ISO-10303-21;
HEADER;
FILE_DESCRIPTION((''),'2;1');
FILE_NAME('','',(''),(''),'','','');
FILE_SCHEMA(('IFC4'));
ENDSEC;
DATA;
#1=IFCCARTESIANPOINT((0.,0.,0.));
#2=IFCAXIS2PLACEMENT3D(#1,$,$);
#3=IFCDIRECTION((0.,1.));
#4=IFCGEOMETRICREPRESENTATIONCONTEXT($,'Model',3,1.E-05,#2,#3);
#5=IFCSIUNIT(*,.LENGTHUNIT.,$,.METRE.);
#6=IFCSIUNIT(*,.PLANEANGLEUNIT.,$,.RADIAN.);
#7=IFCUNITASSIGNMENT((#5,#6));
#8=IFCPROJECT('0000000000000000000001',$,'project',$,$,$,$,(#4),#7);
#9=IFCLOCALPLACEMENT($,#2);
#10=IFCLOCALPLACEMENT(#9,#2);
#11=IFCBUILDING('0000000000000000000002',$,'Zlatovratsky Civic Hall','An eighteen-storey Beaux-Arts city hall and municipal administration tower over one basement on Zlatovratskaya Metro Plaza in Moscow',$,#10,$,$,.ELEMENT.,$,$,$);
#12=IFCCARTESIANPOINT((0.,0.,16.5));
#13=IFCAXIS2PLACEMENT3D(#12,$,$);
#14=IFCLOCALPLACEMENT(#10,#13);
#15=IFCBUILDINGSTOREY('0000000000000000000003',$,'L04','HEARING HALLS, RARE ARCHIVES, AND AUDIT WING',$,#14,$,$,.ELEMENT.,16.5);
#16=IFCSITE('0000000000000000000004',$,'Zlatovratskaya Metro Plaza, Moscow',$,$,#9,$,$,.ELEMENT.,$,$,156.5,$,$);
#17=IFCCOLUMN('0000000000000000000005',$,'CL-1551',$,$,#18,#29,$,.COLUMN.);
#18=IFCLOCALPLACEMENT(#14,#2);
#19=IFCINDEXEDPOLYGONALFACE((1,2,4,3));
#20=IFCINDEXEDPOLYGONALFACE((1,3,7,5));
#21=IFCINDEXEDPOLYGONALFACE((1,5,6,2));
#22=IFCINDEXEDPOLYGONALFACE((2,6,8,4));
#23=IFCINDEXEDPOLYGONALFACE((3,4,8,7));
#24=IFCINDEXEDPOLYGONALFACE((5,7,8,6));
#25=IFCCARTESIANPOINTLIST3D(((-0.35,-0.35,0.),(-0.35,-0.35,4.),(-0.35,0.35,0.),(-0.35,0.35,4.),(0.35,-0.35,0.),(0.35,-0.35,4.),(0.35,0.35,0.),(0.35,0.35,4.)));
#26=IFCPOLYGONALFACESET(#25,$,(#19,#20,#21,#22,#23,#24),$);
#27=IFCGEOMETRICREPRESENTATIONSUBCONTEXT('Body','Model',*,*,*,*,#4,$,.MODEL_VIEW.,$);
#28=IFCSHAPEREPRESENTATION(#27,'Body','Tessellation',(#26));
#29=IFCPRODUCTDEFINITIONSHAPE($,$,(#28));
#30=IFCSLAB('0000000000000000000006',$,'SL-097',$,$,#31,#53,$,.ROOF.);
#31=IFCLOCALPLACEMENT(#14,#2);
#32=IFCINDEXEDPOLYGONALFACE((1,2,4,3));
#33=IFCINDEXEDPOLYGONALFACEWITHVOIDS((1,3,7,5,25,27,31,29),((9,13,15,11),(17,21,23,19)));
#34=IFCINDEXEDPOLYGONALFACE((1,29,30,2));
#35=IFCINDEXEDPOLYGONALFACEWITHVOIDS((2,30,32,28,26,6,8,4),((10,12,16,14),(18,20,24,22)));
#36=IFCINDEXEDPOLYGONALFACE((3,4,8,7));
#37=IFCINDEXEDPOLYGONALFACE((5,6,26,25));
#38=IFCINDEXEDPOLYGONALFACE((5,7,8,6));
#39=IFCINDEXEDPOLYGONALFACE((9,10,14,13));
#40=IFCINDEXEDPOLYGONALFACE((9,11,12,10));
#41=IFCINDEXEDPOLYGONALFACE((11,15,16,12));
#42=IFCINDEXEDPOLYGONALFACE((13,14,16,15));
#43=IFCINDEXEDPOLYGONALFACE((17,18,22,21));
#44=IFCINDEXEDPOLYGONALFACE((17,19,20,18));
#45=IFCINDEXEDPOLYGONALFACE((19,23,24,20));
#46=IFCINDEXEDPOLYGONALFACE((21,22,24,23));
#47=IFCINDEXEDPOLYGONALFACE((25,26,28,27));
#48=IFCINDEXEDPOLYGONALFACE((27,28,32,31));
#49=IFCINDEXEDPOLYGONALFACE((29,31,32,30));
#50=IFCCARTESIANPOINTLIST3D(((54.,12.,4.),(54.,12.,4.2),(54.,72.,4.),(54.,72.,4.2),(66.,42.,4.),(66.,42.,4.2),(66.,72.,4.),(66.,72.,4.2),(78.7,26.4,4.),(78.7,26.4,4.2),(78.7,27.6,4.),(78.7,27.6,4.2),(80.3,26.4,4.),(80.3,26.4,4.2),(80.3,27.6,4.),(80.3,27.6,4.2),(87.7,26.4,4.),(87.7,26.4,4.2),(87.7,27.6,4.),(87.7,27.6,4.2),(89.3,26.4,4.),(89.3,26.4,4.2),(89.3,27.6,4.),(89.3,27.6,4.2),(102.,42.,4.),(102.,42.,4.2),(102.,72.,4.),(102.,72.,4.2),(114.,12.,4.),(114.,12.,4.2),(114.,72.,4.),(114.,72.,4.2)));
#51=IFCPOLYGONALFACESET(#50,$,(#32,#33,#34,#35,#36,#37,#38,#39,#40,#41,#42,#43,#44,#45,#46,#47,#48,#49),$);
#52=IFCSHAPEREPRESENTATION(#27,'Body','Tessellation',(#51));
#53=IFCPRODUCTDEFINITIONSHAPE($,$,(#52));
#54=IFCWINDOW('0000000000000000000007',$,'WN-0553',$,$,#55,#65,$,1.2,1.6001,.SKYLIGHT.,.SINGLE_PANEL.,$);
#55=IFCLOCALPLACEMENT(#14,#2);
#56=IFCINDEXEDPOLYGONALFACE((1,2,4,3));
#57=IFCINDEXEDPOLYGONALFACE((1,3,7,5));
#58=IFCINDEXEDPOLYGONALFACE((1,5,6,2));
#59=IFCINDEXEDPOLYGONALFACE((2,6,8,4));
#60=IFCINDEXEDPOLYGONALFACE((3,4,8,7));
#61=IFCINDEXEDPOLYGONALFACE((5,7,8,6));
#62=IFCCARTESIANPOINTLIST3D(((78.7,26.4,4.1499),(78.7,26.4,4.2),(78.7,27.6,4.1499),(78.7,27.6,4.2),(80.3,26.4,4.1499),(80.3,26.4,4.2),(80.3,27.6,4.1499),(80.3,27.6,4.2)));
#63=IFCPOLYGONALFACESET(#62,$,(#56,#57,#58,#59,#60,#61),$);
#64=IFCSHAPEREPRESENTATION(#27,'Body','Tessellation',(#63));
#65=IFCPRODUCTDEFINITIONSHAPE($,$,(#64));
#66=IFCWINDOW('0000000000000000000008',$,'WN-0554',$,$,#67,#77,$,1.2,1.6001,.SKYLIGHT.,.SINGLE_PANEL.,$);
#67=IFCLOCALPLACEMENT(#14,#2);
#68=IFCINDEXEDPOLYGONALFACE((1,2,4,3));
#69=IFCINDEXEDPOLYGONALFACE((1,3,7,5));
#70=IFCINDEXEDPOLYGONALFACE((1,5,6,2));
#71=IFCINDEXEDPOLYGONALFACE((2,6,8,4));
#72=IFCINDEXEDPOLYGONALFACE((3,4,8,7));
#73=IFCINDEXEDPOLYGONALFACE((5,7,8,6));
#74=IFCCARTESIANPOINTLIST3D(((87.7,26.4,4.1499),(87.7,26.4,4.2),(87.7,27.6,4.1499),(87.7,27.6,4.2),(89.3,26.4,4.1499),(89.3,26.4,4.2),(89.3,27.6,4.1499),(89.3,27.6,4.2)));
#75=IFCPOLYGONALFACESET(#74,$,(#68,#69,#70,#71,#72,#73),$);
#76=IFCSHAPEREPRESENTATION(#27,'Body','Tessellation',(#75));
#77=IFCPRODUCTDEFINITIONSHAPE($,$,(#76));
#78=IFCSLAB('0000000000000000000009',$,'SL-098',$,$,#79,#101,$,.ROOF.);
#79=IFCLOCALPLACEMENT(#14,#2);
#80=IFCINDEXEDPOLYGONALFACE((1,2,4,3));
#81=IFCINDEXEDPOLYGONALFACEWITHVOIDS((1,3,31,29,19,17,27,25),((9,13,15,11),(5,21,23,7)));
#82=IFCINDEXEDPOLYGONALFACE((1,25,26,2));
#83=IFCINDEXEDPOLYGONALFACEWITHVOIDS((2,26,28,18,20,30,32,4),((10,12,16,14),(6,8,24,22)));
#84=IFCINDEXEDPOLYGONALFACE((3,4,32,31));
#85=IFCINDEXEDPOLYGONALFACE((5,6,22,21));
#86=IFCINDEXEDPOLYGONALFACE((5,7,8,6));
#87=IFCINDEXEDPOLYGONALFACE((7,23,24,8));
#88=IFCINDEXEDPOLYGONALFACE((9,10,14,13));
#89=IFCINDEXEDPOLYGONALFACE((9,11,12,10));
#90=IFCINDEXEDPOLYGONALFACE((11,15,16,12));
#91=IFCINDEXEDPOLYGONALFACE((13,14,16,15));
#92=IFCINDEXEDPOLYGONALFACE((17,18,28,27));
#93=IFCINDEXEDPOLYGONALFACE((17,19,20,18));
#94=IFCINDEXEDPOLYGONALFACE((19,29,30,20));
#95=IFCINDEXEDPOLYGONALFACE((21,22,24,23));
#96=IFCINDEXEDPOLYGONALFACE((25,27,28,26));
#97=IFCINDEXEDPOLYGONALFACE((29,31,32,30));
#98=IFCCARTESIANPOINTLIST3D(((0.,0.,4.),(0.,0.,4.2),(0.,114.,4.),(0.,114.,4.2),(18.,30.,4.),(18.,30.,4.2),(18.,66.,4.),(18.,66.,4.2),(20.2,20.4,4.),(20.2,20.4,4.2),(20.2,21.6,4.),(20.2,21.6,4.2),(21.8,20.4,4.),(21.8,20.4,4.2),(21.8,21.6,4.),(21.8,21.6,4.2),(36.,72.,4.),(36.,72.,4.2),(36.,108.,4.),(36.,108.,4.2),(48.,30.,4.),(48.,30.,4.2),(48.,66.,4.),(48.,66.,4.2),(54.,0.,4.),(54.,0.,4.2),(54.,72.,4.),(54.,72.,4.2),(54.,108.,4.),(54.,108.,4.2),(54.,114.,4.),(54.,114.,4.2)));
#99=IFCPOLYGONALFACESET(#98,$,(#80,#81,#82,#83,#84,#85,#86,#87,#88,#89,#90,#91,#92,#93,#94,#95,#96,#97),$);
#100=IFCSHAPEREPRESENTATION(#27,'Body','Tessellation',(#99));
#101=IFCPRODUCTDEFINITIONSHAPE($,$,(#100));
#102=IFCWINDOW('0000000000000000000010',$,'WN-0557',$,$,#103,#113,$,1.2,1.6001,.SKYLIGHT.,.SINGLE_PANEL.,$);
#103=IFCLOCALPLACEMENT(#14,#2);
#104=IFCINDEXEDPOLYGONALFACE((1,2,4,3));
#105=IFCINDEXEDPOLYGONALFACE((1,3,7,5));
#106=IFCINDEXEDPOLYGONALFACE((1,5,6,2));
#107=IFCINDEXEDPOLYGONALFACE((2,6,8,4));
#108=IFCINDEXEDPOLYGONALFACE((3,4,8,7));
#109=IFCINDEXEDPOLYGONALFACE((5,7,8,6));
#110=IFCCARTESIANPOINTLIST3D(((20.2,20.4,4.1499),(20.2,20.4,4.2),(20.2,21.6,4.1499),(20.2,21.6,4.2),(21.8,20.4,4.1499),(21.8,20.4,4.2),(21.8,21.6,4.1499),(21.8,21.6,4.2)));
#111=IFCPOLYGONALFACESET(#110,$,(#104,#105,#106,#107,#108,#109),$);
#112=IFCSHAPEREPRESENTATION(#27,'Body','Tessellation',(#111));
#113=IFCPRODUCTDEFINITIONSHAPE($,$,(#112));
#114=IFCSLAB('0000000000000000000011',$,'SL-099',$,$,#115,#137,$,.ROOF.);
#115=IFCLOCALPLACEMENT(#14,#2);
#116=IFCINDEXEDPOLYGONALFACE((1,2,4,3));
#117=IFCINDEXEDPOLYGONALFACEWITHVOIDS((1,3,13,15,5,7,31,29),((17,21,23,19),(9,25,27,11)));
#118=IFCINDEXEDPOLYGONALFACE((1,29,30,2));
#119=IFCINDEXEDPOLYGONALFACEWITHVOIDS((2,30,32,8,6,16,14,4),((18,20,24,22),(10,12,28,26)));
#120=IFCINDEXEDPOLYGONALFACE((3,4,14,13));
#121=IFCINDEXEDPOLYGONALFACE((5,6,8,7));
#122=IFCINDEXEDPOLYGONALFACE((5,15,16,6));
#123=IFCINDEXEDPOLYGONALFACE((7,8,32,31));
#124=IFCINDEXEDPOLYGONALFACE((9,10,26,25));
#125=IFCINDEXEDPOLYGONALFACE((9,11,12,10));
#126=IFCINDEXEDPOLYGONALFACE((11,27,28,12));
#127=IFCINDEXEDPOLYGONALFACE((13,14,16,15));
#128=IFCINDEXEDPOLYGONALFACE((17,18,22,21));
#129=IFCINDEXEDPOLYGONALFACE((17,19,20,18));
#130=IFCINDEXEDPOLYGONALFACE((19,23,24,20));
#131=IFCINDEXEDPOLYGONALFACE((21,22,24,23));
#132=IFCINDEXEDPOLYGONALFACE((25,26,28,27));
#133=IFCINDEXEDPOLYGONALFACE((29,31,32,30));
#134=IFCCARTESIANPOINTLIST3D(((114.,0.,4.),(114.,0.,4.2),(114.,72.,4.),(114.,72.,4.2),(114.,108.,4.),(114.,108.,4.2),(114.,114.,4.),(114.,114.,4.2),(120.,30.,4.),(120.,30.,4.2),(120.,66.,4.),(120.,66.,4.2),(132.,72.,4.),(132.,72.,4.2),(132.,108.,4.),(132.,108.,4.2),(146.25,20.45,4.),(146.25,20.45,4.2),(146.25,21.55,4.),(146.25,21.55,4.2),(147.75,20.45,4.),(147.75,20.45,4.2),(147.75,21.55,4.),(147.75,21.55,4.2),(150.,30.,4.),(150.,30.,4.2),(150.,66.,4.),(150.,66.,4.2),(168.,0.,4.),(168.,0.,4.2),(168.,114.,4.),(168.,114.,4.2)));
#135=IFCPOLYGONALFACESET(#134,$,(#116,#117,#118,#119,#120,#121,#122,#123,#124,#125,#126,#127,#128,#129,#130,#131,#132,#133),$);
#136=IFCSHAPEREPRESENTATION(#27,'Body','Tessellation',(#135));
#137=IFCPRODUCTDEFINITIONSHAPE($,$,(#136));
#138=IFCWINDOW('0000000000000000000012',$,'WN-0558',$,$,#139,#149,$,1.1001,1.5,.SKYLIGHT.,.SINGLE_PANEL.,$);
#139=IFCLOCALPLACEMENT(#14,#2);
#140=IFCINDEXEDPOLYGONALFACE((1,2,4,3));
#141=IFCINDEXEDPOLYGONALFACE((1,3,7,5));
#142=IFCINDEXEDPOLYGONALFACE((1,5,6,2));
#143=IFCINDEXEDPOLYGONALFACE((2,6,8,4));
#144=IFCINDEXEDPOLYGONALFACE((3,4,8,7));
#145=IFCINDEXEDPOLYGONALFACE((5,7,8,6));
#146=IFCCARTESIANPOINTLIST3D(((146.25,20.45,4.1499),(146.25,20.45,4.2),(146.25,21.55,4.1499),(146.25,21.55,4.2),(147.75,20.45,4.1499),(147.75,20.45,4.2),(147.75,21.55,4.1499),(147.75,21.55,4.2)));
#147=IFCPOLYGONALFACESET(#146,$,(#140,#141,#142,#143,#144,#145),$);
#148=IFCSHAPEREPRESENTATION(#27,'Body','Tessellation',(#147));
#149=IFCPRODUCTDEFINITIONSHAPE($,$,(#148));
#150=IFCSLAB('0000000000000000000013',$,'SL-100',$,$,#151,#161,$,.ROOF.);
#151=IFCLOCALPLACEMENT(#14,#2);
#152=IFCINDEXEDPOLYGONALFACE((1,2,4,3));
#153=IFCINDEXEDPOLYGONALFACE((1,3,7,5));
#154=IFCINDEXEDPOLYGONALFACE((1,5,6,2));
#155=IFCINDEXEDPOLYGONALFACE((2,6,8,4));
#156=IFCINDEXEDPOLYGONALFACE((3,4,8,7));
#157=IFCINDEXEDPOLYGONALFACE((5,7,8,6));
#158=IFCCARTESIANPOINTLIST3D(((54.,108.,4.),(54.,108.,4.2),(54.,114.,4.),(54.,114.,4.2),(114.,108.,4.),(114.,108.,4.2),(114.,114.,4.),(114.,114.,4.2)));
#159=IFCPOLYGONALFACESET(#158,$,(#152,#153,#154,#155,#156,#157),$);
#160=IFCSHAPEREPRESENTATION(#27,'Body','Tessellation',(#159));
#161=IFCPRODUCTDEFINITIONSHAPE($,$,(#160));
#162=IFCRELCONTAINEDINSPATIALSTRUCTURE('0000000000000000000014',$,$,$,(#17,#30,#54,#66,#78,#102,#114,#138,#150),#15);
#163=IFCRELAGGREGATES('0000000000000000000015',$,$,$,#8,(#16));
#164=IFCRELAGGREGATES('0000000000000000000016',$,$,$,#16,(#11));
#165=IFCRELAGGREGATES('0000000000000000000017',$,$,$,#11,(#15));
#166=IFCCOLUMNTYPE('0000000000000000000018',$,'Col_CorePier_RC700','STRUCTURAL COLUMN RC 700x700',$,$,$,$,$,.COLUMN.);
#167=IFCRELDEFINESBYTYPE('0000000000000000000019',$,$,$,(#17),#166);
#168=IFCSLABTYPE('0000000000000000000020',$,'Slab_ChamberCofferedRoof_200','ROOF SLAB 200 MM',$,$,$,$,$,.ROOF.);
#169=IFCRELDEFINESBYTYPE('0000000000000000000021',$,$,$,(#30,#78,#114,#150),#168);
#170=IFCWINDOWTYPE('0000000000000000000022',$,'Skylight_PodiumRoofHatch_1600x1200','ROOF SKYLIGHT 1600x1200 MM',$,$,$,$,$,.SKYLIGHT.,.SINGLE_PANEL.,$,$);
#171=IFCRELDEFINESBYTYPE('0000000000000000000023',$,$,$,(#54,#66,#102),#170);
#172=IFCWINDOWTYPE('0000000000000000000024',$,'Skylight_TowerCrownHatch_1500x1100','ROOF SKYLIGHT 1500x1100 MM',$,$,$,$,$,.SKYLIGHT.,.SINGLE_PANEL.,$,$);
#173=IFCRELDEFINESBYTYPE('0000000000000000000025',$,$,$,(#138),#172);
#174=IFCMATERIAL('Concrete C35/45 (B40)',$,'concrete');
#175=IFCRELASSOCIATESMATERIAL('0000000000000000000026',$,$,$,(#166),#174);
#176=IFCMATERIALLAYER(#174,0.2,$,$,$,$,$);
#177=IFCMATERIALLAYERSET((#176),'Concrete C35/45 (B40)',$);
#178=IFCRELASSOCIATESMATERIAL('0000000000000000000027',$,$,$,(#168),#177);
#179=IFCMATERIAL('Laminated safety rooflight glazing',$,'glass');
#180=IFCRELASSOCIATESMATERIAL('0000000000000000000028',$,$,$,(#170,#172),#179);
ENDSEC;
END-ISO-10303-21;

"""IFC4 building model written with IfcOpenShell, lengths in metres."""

from ifc_helpers import new_model, si_unit, direction, frame, origin, origin_with_axes, origin_2d, place, context, subcontext, project, spatial, polyline, rectangle, outline, extrude, material, layer, layer_set, material_profile, profile_set, type_object, element, fill, save


model = new_model("IFC4")

# Units and contexts
model_context = context("Model", 3, precision=1e-05, world=origin(), true_north=direction((0.0, 1.0)))
body_context = subcontext(model_context, "Body", "Model", "MODEL_VIEW")
ifc_project = project(units=[si_unit("LENGTHUNIT", "METRE"), si_unit("PLANEANGLEUNIT", "RADIAN")], contexts=[model_context])

# Site, building, storey
site_placement = place(None, origin())
site = spatial("IfcSite", under=ifc_project, at=site_placement, Name="Zlatovratskaya Metro Plaza, Moscow", CompositionType="ELEMENT", RefElevation=156.5)
building_placement = place(site_placement, origin())
building = spatial("IfcBuilding", under=site, at=building_placement, Name="Zlatovratsky Civic Hall", Description="An eighteen-storey Beaux-Arts city hall and municipal administration tower over one basement on Zlatovratskaya Metro Plaza in Moscow", CompositionType="ELEMENT")
storey_placement = place(building_placement, frame((0.0, 0.0, 16.5)))
storey = spatial("IfcBuildingStorey", under=building, at=storey_placement, Name="L04", Description="HEARING HALLS, RARE ARCHIVES, AND AUDIT WING", CompositionType="ELEMENT", Elevation=16.5)

# Column
ifc_material_1 = material(Name="Concrete C35/45 (B40)", Category="concrete")
ifc_material_profile = material_profile(ifc_material_1, rectangle(XDim=0.7, YDim=0.7, at=origin_2d()), Name="RC 700x700")
ifc_profile_set = profile_set([ifc_material_profile], Name="Concrete C35/45 (B40)")
column_type = type_object("IfcColumnType", Name="Col_CorePier_RC700", Description="STRUCTURAL COLUMN RC 700x700", PredefinedType="COLUMN", material=ifc_profile_set)
column_placement = place(storey_placement, origin_with_axes())
element("IfcColumn", 1, at=column_placement, inside=storey, type_object=column_type, Name="CL-1551", PredefinedType="COLUMN", context=body_context, shape_type="SweptSolid", body=[
    extrude(rectangle(XDim=0.7, YDim=0.7, at=origin_2d()), origin(), (0.0, 0.0, 1.0), 4.0),
])

# Slab, openings, windows
ifc_layer_1 = layer(ifc_material_1, 0.2)
ifc_layer_set_1 = layer_set([ifc_layer_1], Name="Concrete C35/45 (B40)")
slab_type_1 = type_object("IfcSlabType", Name="Slab_ChamberCofferedRoof_200", Description="ROOF SLAB 200 MM", PredefinedType="ROOF", material=ifc_layer_set_1)
slab_1_placement = place(storey_placement, frame((0.0, 0.0, 4.0)))
slab_1 = element("IfcSlab", 2, at=slab_1_placement, inside=storey, type_object=slab_type_1, Name="SL-097", PredefinedType="ROOF", context=body_context, shape_type="SweptSolid", body=[
    extrude(outline(polyline([(54.0, 12.0), (114.0, 12.0), (114.0, 72.0), (102.0, 72.0), (102.0, 42.0), (66.0, 42.0), (66.0, 72.0), (54.0, 72.0), (54.0, 12.0)])), origin(), (0.0, 0.0, 1.0), 0.2),
])
opening_1_placement = place(slab_1_placement, frame((79.5, 27.0, 0.0)))
opening_1 = element("IfcOpeningElement", 3, at=opening_1_placement, cuts=slab_1, PredefinedType="OPENING", context=body_context, shape_type="SweptSolid", body=[
    extrude(rectangle(XDim=1.6001, YDim=1.2, at=origin_2d()), frame((0.0, 0.0, -0.0149)), (0.0, 0.0, 1.0), 0.2297),
])
opening_2_placement = place(slab_1_placement, frame((88.5, 27.0, 0.0)))
opening_2 = element("IfcOpeningElement", 4, at=opening_2_placement, cuts=slab_1, PredefinedType="OPENING", context=body_context, shape_type="SweptSolid", body=[
    extrude(rectangle(XDim=1.6001, YDim=1.2, at=origin_2d()), frame((0.0, 0.0, -0.0149)), (0.0, 0.0, 1.0), 0.2297),
])
ifc_material_2 = material(Name="Laminated safety rooflight glazing", Category="glass")
window_type_1 = type_object("IfcWindowType", Name="Skylight_PodiumRoofHatch_1600x1200", Description="ROOF SKYLIGHT 1600x1200 MM", PartitioningType="SINGLE_PANEL", PredefinedType="SKYLIGHT", material=ifc_material_2)
window_1_placement = place(opening_1_placement, frame((0.0, 0.0, 0.1499)))
window_1 = element("IfcWindow", 5, at=window_1_placement, inside=storey, type_object=window_type_1, Name="WN-0553", OverallHeight=1.2, OverallWidth=1.6001, PartitioningType="SINGLE_PANEL", PredefinedType="SKYLIGHT", context=body_context, shape_type="SweptSolid", body=[
    extrude(rectangle(XDim=1.6001, YDim=1.2, at=origin_2d()), origin(), (0.0, 0.0, 1.0), 0.05),
])
fill(opening_1, window_1)
window_2_placement = place(opening_2_placement, frame((0.0, 0.0, 0.1499)))
window_2 = element("IfcWindow", 6, at=window_2_placement, inside=storey, type_object=window_type_1, Name="WN-0554", OverallHeight=1.2, OverallWidth=1.6001, PartitioningType="SINGLE_PANEL", PredefinedType="SKYLIGHT", context=body_context, shape_type="SweptSolid", body=[
    extrude(rectangle(XDim=1.6001, YDim=1.2, at=origin_2d()), origin(), (0.0, 0.0, 1.0), 0.05),
])
fill(opening_2, window_2)

# Slabs, openings, windows
slab_2_placement = place(storey_placement, frame((0.0, 0.0, 4.0)))
slab_2 = element("IfcSlab", 7, at=slab_2_placement, inside=storey, type_object=slab_type_1, Name="SL-098", PredefinedType="ROOF", context=body_context, shape_type="SweptSolid", body=[
    extrude(outline(polyline([(0.0, 0.0), (54.0, 0.0), (54.0, 72.0), (36.0, 72.0), (36.0, 108.0), (54.0, 108.0), (54.0, 114.0), (0.0, 114.0), (0.0, 0.0)]), holes=[polyline([(18.0, 30.0), (48.0, 30.0), (48.0, 66.0), (18.0, 66.0), (18.0, 30.0)])]), origin(), (0.0, 0.0, 1.0), 0.2),
])
opening_3_placement = place(slab_2_placement, frame((21.0, 21.0, 0.0)))
opening_3 = element("IfcOpeningElement", 8, at=opening_3_placement, cuts=slab_2, PredefinedType="OPENING", context=body_context, shape_type="SweptSolid", body=[
    extrude(rectangle(XDim=1.6001, YDim=1.2, at=origin_2d()), frame((0.0, 0.0, -0.0149)), (0.0, 0.0, 1.0), 0.2297),
])
window_3_placement = place(opening_3_placement, frame((0.0, 0.0, 0.1499)))
window_3 = element("IfcWindow", 9, at=window_3_placement, inside=storey, type_object=window_type_1, Name="WN-0557", OverallHeight=1.2, OverallWidth=1.6001, PartitioningType="SINGLE_PANEL", PredefinedType="SKYLIGHT", context=body_context, shape_type="SweptSolid", body=[
    extrude(rectangle(XDim=1.6001, YDim=1.2, at=origin_2d()), origin(), (0.0, 0.0, 1.0), 0.05),
])
fill(opening_3, window_3)
slab_3_placement = place(storey_placement, frame((0.0, 0.0, 4.0)))
slab_3 = element("IfcSlab", 10, at=slab_3_placement, inside=storey, type_object=slab_type_1, Name="SL-099", PredefinedType="ROOF", context=body_context, shape_type="SweptSolid", body=[
    extrude(outline(polyline([(114.0, 0.0), (168.0, 0.0), (168.0, 114.0), (114.0, 114.0), (114.0, 108.0), (132.0, 108.0), (132.0, 72.0), (114.0, 72.0), (114.0, 0.0)]), holes=[polyline([(120.0, 30.0), (150.0, 30.0), (150.0, 66.0), (120.0, 66.0), (120.0, 30.0)])]), origin(), (0.0, 0.0, 1.0), 0.2),
])
opening_4_placement = place(slab_3_placement, frame((147.0, 21.0, 0.0)))
opening_4 = element("IfcOpeningElement", 11, at=opening_4_placement, cuts=slab_3, PredefinedType="OPENING", context=body_context, shape_type="SweptSolid", body=[
    extrude(rectangle(XDim=1.5, YDim=1.1001, at=origin_2d()), frame((0.0, 0.0, -0.0149)), (0.0, 0.0, 1.0), 0.2297),
])
window_type_2 = type_object("IfcWindowType", Name="Skylight_TowerCrownHatch_1500x1100", Description="ROOF SKYLIGHT 1500x1100 MM", PartitioningType="SINGLE_PANEL", PredefinedType="SKYLIGHT", material=ifc_material_2)
window_4_placement = place(opening_4_placement, frame((0.0, 0.0, 0.1499)))
window_4 = element("IfcWindow", 12, at=window_4_placement, inside=storey, type_object=window_type_2, Name="WN-0558", OverallHeight=1.1001, OverallWidth=1.5, PartitioningType="SINGLE_PANEL", PredefinedType="SKYLIGHT", context=body_context, shape_type="SweptSolid", body=[
    extrude(rectangle(XDim=1.5, YDim=1.1001, at=origin_2d()), origin(), (0.0, 0.0, 1.0), 0.05),
])
fill(opening_4, window_4)

# Slab
slab_4_placement = place(storey_placement, frame((0.0, 0.0, 4.0)))
element("IfcSlab", 13, at=slab_4_placement, inside=storey, type_object=slab_type_1, Name="SL-100", PredefinedType="ROOF", context=body_context, shape_type="SweptSolid", body=[
    extrude(outline(polyline([(54.0, 108.0), (114.0, 108.0), (114.0, 114.0), (54.0, 114.0), (54.0, 108.0)])), origin(), (0.0, 0.0, 1.0), 0.2),
])

save(model, "model.ifc")
